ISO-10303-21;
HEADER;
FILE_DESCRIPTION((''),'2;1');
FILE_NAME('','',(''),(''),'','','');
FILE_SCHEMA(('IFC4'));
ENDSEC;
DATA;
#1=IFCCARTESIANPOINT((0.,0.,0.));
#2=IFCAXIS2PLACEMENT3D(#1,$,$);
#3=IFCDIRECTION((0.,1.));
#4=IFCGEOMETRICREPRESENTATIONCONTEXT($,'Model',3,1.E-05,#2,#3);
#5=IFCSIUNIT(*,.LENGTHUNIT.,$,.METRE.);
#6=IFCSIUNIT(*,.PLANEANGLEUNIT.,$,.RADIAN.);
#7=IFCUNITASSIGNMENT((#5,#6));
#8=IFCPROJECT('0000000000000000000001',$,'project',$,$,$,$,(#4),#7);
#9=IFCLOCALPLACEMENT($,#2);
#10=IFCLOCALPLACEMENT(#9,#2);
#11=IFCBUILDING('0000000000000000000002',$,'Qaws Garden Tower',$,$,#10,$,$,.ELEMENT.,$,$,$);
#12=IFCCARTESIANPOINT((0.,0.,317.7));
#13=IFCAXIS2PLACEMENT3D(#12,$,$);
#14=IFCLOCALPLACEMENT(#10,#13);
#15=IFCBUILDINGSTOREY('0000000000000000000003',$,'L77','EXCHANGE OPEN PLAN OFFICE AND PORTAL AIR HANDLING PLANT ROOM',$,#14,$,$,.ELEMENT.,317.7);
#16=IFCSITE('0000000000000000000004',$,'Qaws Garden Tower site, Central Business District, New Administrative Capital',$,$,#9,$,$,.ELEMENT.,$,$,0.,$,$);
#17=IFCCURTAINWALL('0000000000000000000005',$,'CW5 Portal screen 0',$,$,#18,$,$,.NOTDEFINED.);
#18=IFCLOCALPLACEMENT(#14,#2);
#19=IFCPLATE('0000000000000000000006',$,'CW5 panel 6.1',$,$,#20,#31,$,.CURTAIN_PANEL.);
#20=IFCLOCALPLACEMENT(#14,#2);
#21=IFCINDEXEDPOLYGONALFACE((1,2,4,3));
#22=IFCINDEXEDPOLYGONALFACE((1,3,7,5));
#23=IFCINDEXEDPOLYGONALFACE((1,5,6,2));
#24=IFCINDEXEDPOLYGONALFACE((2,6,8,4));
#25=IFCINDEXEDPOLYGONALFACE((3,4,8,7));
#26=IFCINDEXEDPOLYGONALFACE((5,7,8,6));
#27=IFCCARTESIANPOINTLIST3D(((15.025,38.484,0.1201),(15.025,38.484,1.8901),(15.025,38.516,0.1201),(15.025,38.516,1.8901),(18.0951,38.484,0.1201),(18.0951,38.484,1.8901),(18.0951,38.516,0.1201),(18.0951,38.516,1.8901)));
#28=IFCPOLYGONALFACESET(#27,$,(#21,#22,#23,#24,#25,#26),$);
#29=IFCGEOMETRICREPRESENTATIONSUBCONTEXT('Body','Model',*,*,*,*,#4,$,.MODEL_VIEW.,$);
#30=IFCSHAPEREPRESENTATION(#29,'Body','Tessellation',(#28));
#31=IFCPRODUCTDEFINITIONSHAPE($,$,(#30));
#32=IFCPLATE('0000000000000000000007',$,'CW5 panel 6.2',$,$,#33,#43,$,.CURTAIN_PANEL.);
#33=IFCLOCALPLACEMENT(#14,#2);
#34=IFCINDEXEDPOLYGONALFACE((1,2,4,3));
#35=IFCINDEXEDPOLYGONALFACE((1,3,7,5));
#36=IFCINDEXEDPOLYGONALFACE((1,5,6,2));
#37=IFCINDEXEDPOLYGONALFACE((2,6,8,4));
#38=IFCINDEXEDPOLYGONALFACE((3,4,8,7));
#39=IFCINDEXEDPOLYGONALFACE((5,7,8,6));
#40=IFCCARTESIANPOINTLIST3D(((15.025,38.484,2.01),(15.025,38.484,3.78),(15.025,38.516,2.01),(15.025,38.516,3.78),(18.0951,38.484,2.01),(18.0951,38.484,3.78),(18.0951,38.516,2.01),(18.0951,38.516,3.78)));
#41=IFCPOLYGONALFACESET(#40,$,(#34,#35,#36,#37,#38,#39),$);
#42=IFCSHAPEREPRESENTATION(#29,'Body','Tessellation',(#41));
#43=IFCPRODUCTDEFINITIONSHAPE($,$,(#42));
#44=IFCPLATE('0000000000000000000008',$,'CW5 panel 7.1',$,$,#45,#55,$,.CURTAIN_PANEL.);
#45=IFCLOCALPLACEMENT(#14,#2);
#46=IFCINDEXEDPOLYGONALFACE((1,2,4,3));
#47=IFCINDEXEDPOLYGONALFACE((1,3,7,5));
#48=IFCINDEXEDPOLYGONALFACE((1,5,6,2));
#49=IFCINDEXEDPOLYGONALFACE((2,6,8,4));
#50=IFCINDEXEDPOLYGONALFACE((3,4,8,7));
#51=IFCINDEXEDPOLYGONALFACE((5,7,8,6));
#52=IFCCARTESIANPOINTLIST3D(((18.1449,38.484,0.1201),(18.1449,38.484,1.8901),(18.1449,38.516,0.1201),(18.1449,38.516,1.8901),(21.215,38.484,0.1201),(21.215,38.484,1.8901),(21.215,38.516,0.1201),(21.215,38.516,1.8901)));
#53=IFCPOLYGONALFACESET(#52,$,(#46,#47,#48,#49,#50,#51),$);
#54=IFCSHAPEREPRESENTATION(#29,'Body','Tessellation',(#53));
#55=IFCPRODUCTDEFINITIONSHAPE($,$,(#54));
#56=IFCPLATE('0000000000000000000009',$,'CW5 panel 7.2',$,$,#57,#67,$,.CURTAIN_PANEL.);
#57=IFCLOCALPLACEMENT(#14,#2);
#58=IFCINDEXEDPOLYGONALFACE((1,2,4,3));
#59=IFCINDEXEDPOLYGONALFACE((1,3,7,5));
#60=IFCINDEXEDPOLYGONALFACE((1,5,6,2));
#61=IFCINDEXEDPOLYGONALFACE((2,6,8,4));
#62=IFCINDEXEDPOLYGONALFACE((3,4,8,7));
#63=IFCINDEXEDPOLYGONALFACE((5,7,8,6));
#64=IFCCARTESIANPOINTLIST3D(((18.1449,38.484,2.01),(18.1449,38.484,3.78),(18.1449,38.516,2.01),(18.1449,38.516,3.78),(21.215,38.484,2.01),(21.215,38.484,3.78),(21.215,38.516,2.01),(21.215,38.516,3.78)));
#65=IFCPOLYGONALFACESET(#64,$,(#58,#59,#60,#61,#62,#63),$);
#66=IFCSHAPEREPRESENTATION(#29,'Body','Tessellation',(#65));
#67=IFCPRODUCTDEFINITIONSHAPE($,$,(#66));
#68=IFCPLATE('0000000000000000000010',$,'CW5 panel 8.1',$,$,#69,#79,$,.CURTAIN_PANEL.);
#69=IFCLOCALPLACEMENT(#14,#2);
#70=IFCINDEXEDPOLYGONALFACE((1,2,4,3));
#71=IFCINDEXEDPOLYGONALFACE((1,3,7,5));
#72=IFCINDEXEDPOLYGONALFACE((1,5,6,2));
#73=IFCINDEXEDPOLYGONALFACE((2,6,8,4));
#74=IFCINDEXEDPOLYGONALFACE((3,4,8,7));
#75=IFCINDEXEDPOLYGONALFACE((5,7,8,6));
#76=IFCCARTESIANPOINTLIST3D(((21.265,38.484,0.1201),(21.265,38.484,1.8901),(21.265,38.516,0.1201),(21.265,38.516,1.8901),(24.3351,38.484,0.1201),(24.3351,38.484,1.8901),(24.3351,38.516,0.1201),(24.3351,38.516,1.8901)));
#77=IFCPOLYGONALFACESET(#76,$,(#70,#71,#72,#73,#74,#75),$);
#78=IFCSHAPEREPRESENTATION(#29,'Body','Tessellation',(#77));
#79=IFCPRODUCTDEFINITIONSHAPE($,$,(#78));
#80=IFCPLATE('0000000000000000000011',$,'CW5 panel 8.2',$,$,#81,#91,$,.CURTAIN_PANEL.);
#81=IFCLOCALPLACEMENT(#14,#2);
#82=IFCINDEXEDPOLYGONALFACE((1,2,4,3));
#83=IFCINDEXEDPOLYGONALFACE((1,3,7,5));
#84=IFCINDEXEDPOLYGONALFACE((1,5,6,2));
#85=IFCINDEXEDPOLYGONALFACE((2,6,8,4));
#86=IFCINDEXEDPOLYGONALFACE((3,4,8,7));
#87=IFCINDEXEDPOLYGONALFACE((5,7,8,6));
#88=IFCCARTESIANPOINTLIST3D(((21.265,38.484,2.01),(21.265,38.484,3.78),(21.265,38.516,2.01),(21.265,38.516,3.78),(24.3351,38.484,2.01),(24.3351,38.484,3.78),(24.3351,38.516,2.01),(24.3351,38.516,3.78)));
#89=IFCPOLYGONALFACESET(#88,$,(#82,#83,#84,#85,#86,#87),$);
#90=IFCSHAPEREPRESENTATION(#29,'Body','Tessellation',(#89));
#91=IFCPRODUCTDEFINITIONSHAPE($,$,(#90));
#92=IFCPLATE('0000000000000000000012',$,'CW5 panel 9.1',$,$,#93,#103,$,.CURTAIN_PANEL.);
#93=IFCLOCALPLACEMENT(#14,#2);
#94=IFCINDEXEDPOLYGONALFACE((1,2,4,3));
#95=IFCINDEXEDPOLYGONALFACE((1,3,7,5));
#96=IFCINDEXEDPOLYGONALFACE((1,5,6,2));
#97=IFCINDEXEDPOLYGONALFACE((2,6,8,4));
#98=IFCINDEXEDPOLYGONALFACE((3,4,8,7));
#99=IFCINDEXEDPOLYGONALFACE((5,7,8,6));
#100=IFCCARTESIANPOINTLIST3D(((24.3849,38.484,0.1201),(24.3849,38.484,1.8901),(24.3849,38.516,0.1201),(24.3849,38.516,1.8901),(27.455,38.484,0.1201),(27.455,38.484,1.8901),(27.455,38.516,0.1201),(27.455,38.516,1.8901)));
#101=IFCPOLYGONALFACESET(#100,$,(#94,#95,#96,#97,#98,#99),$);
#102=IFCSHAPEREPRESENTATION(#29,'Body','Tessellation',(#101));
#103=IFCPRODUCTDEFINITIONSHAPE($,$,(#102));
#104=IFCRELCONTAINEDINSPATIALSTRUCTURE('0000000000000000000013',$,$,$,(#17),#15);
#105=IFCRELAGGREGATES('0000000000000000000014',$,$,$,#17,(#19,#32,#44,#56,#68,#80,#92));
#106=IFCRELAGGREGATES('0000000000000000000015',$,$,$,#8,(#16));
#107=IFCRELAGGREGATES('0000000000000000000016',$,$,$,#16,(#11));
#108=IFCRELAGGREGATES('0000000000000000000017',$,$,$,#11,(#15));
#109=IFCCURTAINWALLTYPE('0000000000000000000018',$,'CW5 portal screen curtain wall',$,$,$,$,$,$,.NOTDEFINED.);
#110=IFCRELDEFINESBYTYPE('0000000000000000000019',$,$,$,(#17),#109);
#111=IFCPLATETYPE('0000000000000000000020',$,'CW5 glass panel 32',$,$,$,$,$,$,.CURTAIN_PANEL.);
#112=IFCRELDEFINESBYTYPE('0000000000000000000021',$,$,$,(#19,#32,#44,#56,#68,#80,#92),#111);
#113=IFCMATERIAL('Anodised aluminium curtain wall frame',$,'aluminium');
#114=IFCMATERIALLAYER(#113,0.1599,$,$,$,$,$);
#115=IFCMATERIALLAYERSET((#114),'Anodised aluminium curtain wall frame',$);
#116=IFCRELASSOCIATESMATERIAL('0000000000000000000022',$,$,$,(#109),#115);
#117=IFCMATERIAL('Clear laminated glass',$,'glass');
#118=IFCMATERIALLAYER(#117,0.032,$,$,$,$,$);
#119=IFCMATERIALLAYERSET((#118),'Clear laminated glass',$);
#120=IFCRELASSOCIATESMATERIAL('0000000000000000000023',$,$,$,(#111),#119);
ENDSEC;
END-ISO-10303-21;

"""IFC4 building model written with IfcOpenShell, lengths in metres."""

from ifc_helpers import new_model, si_unit, direction, frame, origin, origin_2d, place, context, subcontext, project, spatial, rectangle, extrude, material, layer, layer_set, type_object, element, aggregate, save


model = new_model("IFC4")

# Units and contexts
model_context = context("Model", 3, precision=1e-05, world=origin(), true_north=direction((0.0, 1.0)))
body_context = subcontext(model_context, "Body", "Model", "MODEL_VIEW")
ifc_project = project(units=[si_unit("LENGTHUNIT", "METRE"), si_unit("PLANEANGLEUNIT", "RADIAN")], contexts=[model_context])

# Site, building, storey
site_placement = place(None, origin())
site = spatial("IfcSite", under=ifc_project, at=site_placement, Name="Qaws Garden Tower site, Central Business District, New Administrative Capital", CompositionType="ELEMENT", RefElevation=0.0)
building_placement = place(site_placement, origin())
building = spatial("IfcBuilding", under=site, at=building_placement, Name="Qaws Garden Tower", CompositionType="ELEMENT")
storey_placement = place(building_placement, frame((0.0, 0.0, 317.7)))
storey = spatial("IfcBuildingStorey", under=building, at=storey_placement, Name="L77", Description="EXCHANGE OPEN PLAN OFFICE AND PORTAL AIR HANDLING PLANT ROOM", CompositionType="ELEMENT", Elevation=317.7)

# Curtain wall, plates
ifc_material_1 = material(Name="Anodised aluminium curtain wall frame", Category="aluminium")
ifc_layer_1 = layer(ifc_material_1, 0.1599)
ifc_layer_set_1 = layer_set([ifc_layer_1], Name="Anodised aluminium curtain wall frame")
curtain_wall_type = type_object("IfcCurtainWallType", Name="CW5 portal screen curtain wall", PredefinedType="NOTDEFINED", material=ifc_layer_set_1)
curtain_wall_placement = place(storey_placement, origin())
curtain_wall = element("IfcCurtainWall", 1, at=curtain_wall_placement, inside=storey, type_object=curtain_wall_type, Name="CW5 Portal screen 0", PredefinedType="NOTDEFINED")
ifc_material_2 = material(Name="Clear laminated glass", Category="glass")
ifc_layer_2 = layer(ifc_material_2, 0.032)
ifc_layer_set_2 = layer_set([ifc_layer_2], Name="Clear laminated glass")
plate_type = type_object("IfcPlateType", Name="CW5 glass panel 32", PredefinedType="CURTAIN_PANEL", material=ifc_layer_set_2)
plate_1_placement = place(storey_placement, frame((16.5601, 38.5, 0.1201), z_axis=(0.0, 0.0, 1.0), x_axis=(1.0, 0.0, 0.0)))
plate_1 = element("IfcPlate", 2, at=plate_1_placement, type_object=plate_type, Name="CW5 panel 6.1", PredefinedType="CURTAIN_PANEL", context=body_context, shape_type="SweptSolid", body=[
    extrude(rectangle(XDim=3.0701, YDim=0.032, at=origin_2d()), origin(), (0.0, 0.0, 1.0), 1.77),
])
plate_2_placement = place(storey_placement, frame((16.5601, 38.5, 2.01), z_axis=(0.0, 0.0, 1.0), x_axis=(1.0, 0.0, 0.0)))
plate_2 = element("IfcPlate", 3, at=plate_2_placement, type_object=plate_type, Name="CW5 panel 6.2", PredefinedType="CURTAIN_PANEL", context=body_context, shape_type="SweptSolid", body=[
    extrude(rectangle(XDim=3.0701, YDim=0.032, at=origin_2d()), origin(), (0.0, 0.0, 1.0), 1.77),
])
plate_3_placement = place(storey_placement, frame((19.6799, 38.5, 0.1201), z_axis=(0.0, 0.0, 1.0), x_axis=(1.0, 0.0, 0.0)))
plate_3 = element("IfcPlate", 4, at=plate_3_placement, type_object=plate_type, Name="CW5 panel 7.1", PredefinedType="CURTAIN_PANEL", context=body_context, shape_type="SweptSolid", body=[
    extrude(rectangle(XDim=3.0701, YDim=0.032, at=origin_2d()), origin(), (0.0, 0.0, 1.0), 1.77),
])
plate_4_placement = place(storey_placement, frame((19.6799, 38.5, 2.01), z_axis=(0.0, 0.0, 1.0), x_axis=(1.0, 0.0, 0.0)))
plate_4 = element("IfcPlate", 5, at=plate_4_placement, type_object=plate_type, Name="CW5 panel 7.2", PredefinedType="CURTAIN_PANEL", context=body_context, shape_type="SweptSolid", body=[
    extrude(rectangle(XDim=3.0701, YDim=0.032, at=origin_2d()), origin(), (0.0, 0.0, 1.0), 1.77),
])
plate_5_placement = place(storey_placement, frame((22.8, 38.5, 0.1201), z_axis=(0.0, 0.0, 1.0), x_axis=(1.0, 0.0, 0.0)))
plate_5 = element("IfcPlate", 6, at=plate_5_placement, type_object=plate_type, Name="CW5 panel 8.1", PredefinedType="CURTAIN_PANEL", context=body_context, shape_type="SweptSolid", body=[
    extrude(rectangle(XDim=3.0701, YDim=0.032, at=origin_2d()), origin(), (0.0, 0.0, 1.0), 1.77),
])
plate_6_placement = place(storey_placement, frame((22.8, 38.5, 2.01), z_axis=(0.0, 0.0, 1.0), x_axis=(1.0, 0.0, 0.0)))
plate_6 = element("IfcPlate", 7, at=plate_6_placement, type_object=plate_type, Name="CW5 panel 8.2", PredefinedType="CURTAIN_PANEL", context=body_context, shape_type="SweptSolid", body=[
    extrude(rectangle(XDim=3.0701, YDim=0.032, at=origin_2d()), origin(), (0.0, 0.0, 1.0), 1.77),
])
plate_7_placement = place(storey_placement, frame((25.9199, 38.5, 0.1201), z_axis=(0.0, 0.0, 1.0), x_axis=(1.0, 0.0, 0.0)))
plate_7 = element("IfcPlate", 8, at=plate_7_placement, type_object=plate_type, Name="CW5 panel 9.1", PredefinedType="CURTAIN_PANEL", context=body_context, shape_type="SweptSolid", body=[
    extrude(rectangle(XDim=3.0701, YDim=0.032, at=origin_2d()), origin(), (0.0, 0.0, 1.0), 1.77),
])
aggregate(curtain_wall, [plate_1, plate_2, plate_3, plate_4, plate_5, plate_6, plate_7])

save(model, "model.ifc")
